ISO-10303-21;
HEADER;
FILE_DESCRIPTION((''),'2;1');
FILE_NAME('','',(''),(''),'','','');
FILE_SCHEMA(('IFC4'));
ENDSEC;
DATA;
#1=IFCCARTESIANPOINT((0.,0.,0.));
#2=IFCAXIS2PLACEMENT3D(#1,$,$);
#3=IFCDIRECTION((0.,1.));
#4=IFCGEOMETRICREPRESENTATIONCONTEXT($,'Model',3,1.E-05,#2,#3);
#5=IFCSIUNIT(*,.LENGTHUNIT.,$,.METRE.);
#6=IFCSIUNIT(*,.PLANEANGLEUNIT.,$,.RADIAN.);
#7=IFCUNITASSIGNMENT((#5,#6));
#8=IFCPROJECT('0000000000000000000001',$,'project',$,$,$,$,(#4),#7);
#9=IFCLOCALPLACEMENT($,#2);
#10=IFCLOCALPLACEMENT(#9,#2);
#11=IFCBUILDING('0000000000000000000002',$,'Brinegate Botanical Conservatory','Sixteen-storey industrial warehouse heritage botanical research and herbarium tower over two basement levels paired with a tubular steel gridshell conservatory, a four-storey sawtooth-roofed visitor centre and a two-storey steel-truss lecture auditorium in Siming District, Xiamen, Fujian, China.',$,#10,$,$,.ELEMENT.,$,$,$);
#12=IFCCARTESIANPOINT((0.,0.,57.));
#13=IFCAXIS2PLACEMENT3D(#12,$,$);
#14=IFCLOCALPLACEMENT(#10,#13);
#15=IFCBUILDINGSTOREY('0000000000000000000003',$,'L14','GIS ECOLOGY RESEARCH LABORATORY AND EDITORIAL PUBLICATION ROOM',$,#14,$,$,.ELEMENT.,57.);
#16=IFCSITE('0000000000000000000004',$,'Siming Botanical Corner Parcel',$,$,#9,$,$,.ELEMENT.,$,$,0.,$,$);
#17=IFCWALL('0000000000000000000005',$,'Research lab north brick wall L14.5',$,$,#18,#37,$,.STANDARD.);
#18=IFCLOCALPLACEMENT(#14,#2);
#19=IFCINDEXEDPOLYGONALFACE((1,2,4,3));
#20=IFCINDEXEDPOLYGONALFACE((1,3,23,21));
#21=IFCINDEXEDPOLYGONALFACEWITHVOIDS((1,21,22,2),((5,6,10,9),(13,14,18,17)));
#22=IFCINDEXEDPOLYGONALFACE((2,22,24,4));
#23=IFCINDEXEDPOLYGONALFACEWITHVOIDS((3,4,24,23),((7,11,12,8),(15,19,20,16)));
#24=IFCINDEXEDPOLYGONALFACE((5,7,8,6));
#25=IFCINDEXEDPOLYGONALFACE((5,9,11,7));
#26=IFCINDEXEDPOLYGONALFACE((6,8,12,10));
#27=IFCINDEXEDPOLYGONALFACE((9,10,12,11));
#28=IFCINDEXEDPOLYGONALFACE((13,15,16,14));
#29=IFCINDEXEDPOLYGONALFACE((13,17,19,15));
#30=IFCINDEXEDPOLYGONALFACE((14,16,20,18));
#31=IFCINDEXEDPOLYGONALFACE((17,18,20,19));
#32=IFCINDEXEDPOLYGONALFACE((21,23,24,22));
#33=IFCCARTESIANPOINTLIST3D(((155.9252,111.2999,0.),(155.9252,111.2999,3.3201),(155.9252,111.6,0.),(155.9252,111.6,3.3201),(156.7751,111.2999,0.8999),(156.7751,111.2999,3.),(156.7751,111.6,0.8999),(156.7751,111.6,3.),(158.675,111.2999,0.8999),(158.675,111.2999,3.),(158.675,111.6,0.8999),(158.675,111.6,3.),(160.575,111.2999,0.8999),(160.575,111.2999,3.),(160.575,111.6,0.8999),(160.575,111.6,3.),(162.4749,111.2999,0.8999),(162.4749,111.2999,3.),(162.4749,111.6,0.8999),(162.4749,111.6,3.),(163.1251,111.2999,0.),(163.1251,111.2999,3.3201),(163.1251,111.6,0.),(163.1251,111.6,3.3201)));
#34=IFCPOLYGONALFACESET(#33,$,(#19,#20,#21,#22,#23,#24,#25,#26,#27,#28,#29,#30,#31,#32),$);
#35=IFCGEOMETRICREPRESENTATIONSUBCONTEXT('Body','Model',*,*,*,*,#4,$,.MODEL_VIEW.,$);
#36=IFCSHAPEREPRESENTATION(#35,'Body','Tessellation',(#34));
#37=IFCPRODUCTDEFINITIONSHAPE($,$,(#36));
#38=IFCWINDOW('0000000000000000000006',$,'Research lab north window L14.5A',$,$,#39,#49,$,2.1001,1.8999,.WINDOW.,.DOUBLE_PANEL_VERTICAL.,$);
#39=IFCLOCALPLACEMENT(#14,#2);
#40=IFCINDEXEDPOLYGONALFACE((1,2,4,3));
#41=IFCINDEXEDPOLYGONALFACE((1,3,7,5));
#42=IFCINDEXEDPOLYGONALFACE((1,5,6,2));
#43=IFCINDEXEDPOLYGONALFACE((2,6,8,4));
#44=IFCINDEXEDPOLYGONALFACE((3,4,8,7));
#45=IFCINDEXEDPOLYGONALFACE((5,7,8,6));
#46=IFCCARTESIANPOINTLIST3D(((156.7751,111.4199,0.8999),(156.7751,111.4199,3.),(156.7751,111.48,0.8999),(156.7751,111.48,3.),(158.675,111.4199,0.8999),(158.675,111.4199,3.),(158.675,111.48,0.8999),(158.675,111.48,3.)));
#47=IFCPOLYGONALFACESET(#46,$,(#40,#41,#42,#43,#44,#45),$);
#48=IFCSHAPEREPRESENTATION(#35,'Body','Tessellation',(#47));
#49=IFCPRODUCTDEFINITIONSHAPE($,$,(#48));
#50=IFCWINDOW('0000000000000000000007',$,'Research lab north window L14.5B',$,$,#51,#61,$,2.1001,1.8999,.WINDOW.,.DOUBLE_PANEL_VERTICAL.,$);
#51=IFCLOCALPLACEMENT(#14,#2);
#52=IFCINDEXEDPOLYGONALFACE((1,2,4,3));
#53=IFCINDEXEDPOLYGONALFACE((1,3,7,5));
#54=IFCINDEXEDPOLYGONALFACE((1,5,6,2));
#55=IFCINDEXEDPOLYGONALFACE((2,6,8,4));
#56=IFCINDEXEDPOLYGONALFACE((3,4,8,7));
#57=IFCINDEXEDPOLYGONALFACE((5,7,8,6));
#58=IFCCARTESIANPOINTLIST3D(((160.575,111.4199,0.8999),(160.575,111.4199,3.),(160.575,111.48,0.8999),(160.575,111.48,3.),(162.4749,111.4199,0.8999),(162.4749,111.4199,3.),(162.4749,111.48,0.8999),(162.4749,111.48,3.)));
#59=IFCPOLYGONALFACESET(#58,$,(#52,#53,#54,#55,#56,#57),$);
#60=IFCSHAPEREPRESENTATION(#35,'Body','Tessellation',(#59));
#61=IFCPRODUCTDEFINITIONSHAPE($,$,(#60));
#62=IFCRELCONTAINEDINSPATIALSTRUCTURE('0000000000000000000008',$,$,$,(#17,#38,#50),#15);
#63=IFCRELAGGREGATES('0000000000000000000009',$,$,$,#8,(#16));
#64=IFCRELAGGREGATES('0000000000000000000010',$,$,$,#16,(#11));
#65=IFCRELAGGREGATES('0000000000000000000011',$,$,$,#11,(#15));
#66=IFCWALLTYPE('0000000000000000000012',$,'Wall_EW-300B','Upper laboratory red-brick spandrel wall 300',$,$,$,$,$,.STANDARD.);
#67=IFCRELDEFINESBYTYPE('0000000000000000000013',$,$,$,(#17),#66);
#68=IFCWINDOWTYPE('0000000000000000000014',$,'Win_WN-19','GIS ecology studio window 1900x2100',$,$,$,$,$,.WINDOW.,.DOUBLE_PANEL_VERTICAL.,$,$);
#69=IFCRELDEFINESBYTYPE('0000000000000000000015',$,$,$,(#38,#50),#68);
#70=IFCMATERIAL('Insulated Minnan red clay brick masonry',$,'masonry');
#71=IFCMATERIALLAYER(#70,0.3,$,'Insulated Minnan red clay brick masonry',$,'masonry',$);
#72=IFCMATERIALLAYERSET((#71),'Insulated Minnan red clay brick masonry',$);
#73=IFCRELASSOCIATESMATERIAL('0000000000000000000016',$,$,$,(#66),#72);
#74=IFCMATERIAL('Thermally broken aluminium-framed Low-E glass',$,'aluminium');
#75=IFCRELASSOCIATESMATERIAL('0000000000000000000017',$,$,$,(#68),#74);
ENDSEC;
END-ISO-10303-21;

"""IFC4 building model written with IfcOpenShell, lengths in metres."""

from ifc_helpers import new_model, si_unit, direction, frame, frame_2d, origin, place, context, subcontext, project, spatial, rectangle, extrude, material, layer, layer_set, type_object, element, fill, save


model = new_model("IFC4")

# Units and contexts
model_context = context("Model", 3, precision=1e-05, world=origin(), true_north=direction((0.0, 1.0)))
body_context = subcontext(model_context, "Body", "Model", "MODEL_VIEW")
ifc_project = project(units=[si_unit("LENGTHUNIT", "METRE"), si_unit("PLANEANGLEUNIT", "RADIAN")], contexts=[model_context])

# Site, building, storey
site_placement = place(None, origin())
site = spatial("IfcSite", under=ifc_project, at=site_placement, Name="Siming Botanical Corner Parcel", CompositionType="ELEMENT", RefElevation=0.0)
building_placement = place(site_placement, origin())
building = spatial("IfcBuilding", under=site, at=building_placement, Name="Brinegate Botanical Conservatory", Description="Sixteen-storey industrial warehouse heritage botanical research and herbarium tower over two basement levels paired with a tubular steel gridshell conservatory, a four-storey sawtooth-roofed visitor centre and a two-storey steel-truss lecture auditorium in Siming District, Xiamen, Fujian, China.", CompositionType="ELEMENT")
storey_placement = place(building_placement, frame((0.0, 0.0, 57.0)))
storey = spatial("IfcBuildingStorey", under=building, at=storey_placement, Name="L14", Description="GIS ECOLOGY RESEARCH LABORATORY AND EDITORIAL PUBLICATION ROOM", CompositionType="ELEMENT", Elevation=57.0)

# Wall, openings, windows
ifc_material_1 = material(Name="Insulated Minnan red clay brick masonry", Category="masonry")
ifc_layer_1 = layer(ifc_material_1, 0.3, Name="Insulated Minnan red clay brick masonry", Category="masonry")
ifc_layer_set_1 = layer_set([ifc_layer_1], Name="Insulated Minnan red clay brick masonry")
wall_type = type_object("IfcWallType", Name="Wall_EW-300B", Description="Upper laboratory red-brick spandrel wall 300", PredefinedType="STANDARD", material=ifc_layer_set_1)
wall_placement = place(storey_placement, frame((155.925, 111.45, 0.0), z_axis=(0.0, 0.0, 1.0), x_axis=(1.0, 0.0, 0.0)))
wall = element("IfcWall", 1, at=wall_placement, inside=storey, type_object=wall_type, Name="Research lab north brick wall L14.5", PredefinedType="STANDARD", context=body_context, shape_type="SweptSolid", body=[
    extrude(rectangle(XDim=7.2, YDim=0.3, at=frame_2d((3.6001, 0.0))), origin(), (0.0, 0.0, 1.0), 3.3201),
])
opening_1_placement = place(wall_placement, frame((0.8501, 0.0, 0.8999)))
opening_1 = element("IfcOpeningElement", 2, at=opening_1_placement, cuts=wall, PredefinedType="OPENING", context=body_context, shape_type="SweptSolid", body=[
    extrude(rectangle(XDim=1.8999, YDim=2.1001, at=frame_2d((0.95, 1.05))), frame((0.0, 0.1599, 0.0), z_axis=(0.0, -1.0, 0.0), x_axis=(1.0, 0.0, 0.0)), (0.0, 0.0, 1.0), 0.3201),
])
opening_2_placement = place(wall_placement, frame((4.6499, 0.0, 0.8999)))
opening_2 = element("IfcOpeningElement", 3, at=opening_2_placement, cuts=wall, PredefinedType="OPENING", context=body_context, shape_type="SweptSolid", body=[
    extrude(rectangle(XDim=1.8999, YDim=2.1001, at=frame_2d((0.95, 1.05))), frame((0.0, 0.1599, 0.0), z_axis=(0.0, -1.0, 0.0), x_axis=(1.0, 0.0, 0.0)), (0.0, 0.0, 1.0), 0.3201),
])
ifc_material_2 = material(Name="Thermally broken aluminium-framed Low-E glass", Category="aluminium")
window_type = type_object("IfcWindowType", Name="Win_WN-19", Description="GIS ecology studio window 1900x2100", PartitioningType="DOUBLE_PANEL_VERTICAL", PredefinedType="WINDOW", material=ifc_material_2)
window_1_placement = place(opening_1_placement, origin())
window_1 = element("IfcWindow", 4, at=window_1_placement, inside=storey, type_object=window_type, Name="Research lab north window L14.5A", OverallHeight=2.1001, OverallWidth=1.8999, PartitioningType="DOUBLE_PANEL_VERTICAL", PredefinedType="WINDOW", context=body_context, shape_type="SweptSolid", body=[
    extrude(rectangle(XDim=1.8999, YDim=2.1001, at=frame_2d((0.95, 1.05))), frame((0.0, 0.03, 0.0), z_axis=(0.0, -1.0, 0.0), x_axis=(1.0, 0.0, 0.0)), (0.0, 0.0, 1.0), 0.0601),
])
fill(opening_1, window_1)
window_2_placement = place(opening_2_placement, origin())
window_2 = element("IfcWindow", 5, at=window_2_placement, inside=storey, type_object=window_type, Name="Research lab north window L14.5B", OverallHeight=2.1001, OverallWidth=1.8999, PartitioningType="DOUBLE_PANEL_VERTICAL", PredefinedType="WINDOW", context=body_context, shape_type="SweptSolid", body=[
    extrude(rectangle(XDim=1.8999, YDim=2.1001, at=frame_2d((0.95, 1.05))), frame((0.0, 0.03, 0.0), z_axis=(0.0, -1.0, 0.0), x_axis=(1.0, 0.0, 0.0)), (0.0, 0.0, 1.0), 0.0601),
])
fill(opening_2, window_2)

save(model, "model.ifc")
